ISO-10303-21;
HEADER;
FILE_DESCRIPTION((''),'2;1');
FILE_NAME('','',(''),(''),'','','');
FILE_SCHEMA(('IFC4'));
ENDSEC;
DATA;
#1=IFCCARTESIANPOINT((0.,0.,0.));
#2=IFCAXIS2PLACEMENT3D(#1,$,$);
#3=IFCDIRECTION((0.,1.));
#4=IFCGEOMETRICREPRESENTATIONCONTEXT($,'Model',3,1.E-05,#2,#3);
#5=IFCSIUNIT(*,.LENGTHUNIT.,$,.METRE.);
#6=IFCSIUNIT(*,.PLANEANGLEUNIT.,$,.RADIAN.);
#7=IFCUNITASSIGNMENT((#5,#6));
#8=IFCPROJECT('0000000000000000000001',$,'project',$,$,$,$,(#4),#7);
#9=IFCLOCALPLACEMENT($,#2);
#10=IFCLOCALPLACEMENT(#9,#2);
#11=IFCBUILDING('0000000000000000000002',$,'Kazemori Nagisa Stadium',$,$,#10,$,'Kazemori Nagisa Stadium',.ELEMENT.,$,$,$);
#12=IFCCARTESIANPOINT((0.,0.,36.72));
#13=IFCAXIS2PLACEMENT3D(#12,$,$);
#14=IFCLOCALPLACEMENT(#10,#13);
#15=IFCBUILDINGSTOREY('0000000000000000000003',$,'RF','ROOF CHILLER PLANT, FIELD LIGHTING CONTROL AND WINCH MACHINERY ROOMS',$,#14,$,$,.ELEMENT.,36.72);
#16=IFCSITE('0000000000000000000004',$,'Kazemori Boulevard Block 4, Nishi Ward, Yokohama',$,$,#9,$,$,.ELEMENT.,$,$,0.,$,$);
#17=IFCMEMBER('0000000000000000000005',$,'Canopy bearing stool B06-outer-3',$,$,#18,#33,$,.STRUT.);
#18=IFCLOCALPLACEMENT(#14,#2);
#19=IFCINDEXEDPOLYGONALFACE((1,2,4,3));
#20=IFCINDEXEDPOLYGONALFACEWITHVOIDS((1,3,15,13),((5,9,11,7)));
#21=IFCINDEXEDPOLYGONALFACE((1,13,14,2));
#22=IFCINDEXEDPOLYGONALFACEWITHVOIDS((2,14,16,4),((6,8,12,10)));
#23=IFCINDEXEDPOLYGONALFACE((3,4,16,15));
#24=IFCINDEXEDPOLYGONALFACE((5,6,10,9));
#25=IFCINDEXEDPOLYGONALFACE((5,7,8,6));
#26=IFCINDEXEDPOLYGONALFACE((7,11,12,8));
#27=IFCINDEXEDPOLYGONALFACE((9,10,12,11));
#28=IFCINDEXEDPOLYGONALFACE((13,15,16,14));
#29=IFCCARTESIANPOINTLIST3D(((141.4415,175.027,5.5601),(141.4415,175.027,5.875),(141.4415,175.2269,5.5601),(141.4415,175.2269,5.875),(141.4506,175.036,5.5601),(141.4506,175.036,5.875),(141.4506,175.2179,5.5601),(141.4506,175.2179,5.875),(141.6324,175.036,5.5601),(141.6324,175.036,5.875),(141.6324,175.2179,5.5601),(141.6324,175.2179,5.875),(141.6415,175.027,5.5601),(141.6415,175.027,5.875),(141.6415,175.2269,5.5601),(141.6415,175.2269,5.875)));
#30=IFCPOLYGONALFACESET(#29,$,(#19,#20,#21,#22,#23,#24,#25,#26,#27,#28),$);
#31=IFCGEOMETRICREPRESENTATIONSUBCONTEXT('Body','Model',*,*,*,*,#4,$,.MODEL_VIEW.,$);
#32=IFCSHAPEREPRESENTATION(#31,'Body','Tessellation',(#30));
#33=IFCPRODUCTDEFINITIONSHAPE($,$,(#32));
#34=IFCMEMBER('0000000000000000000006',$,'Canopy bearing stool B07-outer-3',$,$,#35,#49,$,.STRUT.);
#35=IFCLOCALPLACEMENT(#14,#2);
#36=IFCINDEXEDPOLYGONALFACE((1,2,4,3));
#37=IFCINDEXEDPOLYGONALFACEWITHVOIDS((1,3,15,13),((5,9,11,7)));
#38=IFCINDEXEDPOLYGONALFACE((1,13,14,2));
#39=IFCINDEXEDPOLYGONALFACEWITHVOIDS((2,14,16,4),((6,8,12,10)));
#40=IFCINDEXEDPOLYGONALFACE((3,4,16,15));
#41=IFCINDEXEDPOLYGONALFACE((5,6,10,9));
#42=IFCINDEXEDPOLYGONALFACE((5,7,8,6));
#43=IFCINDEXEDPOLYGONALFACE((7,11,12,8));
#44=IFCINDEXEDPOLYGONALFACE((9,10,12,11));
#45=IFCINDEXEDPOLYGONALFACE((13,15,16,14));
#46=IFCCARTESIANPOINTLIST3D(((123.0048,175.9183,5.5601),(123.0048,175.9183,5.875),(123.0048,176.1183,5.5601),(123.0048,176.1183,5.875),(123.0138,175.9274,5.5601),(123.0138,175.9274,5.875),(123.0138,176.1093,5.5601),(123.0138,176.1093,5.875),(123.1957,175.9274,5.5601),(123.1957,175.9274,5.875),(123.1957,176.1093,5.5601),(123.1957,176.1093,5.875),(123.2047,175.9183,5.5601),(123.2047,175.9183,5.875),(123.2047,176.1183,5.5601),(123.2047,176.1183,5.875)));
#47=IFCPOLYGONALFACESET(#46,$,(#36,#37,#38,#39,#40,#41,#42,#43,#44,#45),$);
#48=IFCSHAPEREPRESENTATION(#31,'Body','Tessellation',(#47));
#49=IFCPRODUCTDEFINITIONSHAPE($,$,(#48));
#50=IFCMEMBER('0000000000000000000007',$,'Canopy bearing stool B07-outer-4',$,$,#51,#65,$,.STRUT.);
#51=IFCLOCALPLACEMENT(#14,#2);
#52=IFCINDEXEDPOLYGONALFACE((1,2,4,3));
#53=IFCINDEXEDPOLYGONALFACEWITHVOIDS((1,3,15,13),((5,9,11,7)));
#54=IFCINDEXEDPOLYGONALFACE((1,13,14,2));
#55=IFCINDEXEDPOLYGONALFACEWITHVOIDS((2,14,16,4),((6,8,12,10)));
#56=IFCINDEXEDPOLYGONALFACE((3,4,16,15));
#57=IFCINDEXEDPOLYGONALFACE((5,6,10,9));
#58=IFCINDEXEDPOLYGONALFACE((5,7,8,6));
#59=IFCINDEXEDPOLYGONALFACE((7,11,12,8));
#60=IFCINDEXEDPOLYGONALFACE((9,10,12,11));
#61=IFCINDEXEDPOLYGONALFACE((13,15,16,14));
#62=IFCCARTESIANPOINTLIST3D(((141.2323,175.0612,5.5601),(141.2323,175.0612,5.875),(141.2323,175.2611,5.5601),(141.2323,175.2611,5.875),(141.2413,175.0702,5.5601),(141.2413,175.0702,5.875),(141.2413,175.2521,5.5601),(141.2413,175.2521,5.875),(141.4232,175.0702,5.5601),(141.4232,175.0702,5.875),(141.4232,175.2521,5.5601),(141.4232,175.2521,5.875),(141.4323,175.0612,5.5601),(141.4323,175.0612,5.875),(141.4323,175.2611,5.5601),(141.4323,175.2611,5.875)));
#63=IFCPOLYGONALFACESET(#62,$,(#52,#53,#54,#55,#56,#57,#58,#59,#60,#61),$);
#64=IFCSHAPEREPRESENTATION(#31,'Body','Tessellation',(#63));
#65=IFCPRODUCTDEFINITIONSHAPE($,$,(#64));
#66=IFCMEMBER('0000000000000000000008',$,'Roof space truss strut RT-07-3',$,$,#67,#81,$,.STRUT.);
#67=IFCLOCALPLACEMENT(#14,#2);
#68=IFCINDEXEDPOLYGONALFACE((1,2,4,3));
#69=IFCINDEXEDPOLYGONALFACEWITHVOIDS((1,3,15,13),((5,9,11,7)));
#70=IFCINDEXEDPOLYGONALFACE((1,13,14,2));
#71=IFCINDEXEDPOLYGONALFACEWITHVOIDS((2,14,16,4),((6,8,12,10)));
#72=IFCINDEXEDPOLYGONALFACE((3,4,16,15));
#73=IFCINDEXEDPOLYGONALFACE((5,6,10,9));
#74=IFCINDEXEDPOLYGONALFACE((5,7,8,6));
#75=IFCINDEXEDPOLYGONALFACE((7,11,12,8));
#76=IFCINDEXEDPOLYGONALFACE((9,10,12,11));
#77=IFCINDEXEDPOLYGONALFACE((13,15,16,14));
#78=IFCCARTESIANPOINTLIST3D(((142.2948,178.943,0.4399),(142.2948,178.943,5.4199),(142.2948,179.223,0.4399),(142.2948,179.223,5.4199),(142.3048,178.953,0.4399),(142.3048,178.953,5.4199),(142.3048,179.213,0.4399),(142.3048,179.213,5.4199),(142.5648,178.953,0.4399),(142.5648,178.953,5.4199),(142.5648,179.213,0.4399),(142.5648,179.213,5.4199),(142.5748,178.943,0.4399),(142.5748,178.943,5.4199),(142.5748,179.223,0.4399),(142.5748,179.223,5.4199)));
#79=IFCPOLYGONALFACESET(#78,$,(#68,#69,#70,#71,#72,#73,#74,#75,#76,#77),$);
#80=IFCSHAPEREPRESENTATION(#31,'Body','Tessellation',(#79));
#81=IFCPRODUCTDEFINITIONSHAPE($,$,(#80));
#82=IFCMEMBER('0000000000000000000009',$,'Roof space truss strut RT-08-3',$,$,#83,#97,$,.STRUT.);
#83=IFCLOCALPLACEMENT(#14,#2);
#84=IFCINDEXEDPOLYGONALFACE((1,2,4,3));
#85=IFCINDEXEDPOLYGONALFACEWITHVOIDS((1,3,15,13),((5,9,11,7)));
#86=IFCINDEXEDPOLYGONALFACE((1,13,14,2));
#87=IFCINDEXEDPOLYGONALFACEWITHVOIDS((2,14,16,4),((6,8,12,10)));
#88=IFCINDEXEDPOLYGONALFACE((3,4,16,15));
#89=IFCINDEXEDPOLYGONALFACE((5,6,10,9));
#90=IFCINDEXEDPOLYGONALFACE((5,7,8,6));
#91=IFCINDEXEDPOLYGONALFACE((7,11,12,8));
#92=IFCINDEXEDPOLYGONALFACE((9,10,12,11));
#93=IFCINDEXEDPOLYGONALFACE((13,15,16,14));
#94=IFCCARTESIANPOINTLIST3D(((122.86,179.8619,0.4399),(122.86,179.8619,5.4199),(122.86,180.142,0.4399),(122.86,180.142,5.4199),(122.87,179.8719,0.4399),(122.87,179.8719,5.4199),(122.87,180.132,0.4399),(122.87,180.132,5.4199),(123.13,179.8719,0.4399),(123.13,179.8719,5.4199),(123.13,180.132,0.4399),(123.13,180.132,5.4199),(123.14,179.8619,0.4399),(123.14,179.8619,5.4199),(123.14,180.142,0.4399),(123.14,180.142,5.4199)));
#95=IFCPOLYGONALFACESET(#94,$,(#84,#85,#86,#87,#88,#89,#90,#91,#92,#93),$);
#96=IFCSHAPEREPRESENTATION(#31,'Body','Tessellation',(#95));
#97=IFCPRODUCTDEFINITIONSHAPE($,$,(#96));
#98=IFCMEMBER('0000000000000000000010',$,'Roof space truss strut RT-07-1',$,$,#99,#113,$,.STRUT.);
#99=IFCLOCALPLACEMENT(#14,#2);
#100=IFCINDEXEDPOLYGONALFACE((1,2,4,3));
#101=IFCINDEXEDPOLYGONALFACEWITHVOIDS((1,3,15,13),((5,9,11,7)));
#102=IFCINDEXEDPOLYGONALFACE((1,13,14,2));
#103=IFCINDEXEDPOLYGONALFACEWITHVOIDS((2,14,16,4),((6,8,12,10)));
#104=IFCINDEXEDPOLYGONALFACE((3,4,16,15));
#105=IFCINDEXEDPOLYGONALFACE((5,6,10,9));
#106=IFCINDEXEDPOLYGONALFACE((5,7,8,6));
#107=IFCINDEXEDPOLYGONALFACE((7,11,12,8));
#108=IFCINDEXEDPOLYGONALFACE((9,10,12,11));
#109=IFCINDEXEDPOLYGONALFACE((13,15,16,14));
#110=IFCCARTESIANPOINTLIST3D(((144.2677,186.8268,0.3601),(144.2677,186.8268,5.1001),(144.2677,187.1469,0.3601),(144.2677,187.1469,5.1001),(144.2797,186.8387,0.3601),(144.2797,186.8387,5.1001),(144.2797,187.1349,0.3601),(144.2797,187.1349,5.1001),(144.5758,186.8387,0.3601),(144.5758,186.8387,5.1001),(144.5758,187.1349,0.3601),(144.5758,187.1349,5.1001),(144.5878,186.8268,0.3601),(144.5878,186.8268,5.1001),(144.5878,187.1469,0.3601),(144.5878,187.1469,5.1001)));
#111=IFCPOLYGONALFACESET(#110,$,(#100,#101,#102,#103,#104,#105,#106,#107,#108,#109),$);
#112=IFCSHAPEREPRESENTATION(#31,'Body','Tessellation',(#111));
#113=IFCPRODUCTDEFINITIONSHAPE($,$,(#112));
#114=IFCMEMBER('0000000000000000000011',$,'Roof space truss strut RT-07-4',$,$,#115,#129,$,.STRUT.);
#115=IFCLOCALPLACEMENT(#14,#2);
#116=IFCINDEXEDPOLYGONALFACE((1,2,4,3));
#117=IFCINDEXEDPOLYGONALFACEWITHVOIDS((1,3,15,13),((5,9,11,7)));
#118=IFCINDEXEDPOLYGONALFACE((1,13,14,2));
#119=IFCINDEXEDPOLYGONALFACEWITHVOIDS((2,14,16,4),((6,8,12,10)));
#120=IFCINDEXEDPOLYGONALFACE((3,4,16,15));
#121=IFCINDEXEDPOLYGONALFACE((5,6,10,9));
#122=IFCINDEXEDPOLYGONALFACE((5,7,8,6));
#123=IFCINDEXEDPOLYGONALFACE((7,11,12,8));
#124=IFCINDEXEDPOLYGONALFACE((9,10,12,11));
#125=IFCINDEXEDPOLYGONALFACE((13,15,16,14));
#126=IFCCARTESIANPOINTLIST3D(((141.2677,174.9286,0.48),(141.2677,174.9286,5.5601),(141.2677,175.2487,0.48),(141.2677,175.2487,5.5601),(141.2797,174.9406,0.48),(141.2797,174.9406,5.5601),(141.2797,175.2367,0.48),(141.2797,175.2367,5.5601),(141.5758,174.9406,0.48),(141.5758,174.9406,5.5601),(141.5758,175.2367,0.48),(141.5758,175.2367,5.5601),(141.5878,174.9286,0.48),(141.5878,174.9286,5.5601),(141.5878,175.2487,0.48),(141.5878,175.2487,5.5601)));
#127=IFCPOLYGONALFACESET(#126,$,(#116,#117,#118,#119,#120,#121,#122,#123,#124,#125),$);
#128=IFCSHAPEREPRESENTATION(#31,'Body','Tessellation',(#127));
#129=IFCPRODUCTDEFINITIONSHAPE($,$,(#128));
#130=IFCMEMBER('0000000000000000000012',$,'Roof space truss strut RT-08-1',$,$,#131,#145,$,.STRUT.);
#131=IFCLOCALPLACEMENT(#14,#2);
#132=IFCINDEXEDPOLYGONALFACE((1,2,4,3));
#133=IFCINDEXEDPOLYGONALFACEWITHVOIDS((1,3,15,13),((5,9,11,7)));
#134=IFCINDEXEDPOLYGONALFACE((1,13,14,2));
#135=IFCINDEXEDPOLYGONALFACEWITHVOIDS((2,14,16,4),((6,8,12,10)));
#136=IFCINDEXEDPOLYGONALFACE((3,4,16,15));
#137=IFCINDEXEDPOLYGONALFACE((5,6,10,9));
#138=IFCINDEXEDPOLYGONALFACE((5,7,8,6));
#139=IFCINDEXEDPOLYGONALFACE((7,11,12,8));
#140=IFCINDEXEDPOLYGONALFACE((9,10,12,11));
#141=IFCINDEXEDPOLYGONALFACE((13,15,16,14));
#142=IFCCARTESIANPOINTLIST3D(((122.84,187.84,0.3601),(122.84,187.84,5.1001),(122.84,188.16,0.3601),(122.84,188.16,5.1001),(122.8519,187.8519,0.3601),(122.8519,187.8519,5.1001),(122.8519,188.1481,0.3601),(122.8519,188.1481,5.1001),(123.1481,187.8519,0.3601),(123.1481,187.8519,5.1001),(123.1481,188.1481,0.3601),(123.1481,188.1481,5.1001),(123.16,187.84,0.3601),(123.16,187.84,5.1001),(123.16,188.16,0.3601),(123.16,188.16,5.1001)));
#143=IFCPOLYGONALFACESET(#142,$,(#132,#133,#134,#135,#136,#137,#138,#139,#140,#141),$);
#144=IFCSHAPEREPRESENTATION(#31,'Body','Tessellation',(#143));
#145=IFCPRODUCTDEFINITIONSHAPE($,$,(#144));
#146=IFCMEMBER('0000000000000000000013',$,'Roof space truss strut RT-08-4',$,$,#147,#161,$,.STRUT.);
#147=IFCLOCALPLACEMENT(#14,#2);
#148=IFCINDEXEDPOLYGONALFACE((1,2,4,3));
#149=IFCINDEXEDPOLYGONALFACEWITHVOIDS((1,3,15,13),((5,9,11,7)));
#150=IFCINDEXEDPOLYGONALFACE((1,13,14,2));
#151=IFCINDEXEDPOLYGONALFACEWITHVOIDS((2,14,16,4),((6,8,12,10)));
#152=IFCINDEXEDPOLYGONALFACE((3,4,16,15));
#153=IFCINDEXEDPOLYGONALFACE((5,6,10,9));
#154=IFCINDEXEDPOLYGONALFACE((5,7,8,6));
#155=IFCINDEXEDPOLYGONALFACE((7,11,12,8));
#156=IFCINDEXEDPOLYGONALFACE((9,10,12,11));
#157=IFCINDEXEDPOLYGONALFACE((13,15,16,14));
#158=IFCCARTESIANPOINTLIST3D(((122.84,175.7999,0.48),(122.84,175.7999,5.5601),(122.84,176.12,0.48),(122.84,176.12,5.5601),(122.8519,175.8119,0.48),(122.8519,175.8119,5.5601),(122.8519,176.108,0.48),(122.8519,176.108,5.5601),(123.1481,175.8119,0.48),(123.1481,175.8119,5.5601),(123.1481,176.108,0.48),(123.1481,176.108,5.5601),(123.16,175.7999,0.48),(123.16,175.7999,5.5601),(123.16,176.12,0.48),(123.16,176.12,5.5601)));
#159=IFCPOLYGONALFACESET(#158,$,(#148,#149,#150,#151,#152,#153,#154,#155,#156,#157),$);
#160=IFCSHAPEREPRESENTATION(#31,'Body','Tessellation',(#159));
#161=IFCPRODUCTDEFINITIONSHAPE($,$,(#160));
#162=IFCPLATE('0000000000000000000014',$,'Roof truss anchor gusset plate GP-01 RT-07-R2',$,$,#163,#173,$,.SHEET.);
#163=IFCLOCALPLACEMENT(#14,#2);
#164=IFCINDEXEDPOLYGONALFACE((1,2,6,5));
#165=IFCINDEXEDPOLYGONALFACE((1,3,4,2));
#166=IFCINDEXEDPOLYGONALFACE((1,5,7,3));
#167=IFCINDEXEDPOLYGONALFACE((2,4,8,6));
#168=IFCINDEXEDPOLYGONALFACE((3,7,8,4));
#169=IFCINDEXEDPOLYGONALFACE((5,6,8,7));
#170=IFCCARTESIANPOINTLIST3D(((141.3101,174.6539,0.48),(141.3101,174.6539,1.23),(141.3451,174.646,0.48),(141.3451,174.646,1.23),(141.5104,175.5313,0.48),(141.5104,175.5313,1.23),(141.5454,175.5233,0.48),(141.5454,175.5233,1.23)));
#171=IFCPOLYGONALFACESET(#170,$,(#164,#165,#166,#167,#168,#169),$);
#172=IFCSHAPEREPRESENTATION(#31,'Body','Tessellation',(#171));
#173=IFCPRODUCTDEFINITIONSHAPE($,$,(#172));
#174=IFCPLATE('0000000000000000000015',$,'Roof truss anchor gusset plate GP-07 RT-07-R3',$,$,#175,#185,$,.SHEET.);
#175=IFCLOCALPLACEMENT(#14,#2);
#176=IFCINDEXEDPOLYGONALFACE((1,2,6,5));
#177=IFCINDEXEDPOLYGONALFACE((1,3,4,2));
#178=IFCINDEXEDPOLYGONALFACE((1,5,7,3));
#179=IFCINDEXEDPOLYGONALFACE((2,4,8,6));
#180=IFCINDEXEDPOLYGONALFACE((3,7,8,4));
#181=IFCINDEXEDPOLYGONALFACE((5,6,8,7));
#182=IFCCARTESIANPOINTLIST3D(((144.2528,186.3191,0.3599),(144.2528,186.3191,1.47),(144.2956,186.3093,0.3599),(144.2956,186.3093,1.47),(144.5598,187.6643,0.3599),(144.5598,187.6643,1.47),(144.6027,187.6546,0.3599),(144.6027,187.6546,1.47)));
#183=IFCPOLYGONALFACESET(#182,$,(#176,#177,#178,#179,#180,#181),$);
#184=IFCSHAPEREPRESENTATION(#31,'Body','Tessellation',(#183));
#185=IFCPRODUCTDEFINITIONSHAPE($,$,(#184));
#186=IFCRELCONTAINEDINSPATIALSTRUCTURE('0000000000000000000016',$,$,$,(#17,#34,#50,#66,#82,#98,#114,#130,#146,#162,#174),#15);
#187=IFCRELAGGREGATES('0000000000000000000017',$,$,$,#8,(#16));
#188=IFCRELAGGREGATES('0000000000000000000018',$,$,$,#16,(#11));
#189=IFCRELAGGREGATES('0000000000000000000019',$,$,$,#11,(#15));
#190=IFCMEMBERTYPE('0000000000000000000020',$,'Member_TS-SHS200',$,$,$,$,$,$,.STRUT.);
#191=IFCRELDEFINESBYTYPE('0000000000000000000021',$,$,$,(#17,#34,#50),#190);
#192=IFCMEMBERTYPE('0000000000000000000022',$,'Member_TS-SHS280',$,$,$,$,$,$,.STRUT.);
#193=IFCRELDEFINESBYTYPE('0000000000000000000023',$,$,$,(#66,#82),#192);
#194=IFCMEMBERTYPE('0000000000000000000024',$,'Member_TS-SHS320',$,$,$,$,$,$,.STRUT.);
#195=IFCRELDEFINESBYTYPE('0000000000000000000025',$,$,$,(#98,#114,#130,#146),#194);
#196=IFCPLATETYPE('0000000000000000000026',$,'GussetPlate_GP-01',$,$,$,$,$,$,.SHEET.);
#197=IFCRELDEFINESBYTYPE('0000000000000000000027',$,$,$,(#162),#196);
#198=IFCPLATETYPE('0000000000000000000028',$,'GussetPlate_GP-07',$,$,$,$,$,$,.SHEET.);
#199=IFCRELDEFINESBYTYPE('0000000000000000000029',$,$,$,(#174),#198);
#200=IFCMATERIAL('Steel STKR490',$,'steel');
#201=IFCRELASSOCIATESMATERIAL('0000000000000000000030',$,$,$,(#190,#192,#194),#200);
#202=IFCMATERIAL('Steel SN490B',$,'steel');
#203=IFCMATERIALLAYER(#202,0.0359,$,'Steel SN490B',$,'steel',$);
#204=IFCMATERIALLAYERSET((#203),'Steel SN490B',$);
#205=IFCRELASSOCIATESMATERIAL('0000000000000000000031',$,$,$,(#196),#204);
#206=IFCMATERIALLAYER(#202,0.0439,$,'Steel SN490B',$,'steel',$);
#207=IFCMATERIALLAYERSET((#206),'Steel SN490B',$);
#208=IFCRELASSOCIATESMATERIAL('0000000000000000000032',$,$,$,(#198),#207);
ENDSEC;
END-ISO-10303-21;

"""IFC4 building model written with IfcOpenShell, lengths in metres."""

from ifc_helpers import new_model, si_unit, direction, frame, origin, origin_2d, place, context, subcontext, project, spatial, rectangle, hollow_rectangle, extrude, material, layer, layer_set, material_profile, profile_set, type_object, element, save


model = new_model("IFC4")

# Units and contexts
model_context = context("Model", 3, precision=1e-05, world=origin(), true_north=direction((0.0, 1.0)))
body_context = subcontext(model_context, "Body", "Model", "MODEL_VIEW")
ifc_project = project(units=[si_unit("LENGTHUNIT", "METRE"), si_unit("PLANEANGLEUNIT", "RADIAN")], contexts=[model_context])

# Site, building, storey
site_placement = place(None, origin())
site = spatial("IfcSite", under=ifc_project, at=site_placement, Name="Kazemori Boulevard Block 4, Nishi Ward, Yokohama", CompositionType="ELEMENT", RefElevation=0.0)
building_placement = place(site_placement, origin())
building = spatial("IfcBuilding", under=site, at=building_placement, Name="Kazemori Nagisa Stadium", LongName="Kazemori Nagisa Stadium", CompositionType="ELEMENT")
storey_placement = place(building_placement, frame((0.0, 0.0, 36.72)))
storey = spatial("IfcBuildingStorey", under=building, at=storey_placement, Name="RF", Description="ROOF CHILLER PLANT, FIELD LIGHTING CONTROL AND WINCH MACHINERY ROOMS", CompositionType="ELEMENT", Elevation=36.72)

# Shared definitions
ifc_material_1 = material(Name="Steel SN490B", Category="steel")

# Members
ifc_material_2 = material(Name="Steel STKR490", Category="steel")
ifc_material_profile_1 = material_profile(ifc_material_2, hollow_rectangle(XDim=0.2, YDim=0.2, WallThickness=0.009, at=origin_2d()), Name="SHS-200x200x9")
ifc_profile_set_1 = profile_set([ifc_material_profile_1], Name="Steel STKR490")
member_type_1 = type_object("IfcMemberType", Name="Member_TS-SHS200", PredefinedType="STRUT", material=ifc_profile_set_1)
for number, where, z_axis, x_axis, name in (
    (1, (141.5415, 175.127, 5.5601), (0.0, 0.0, 1.0), (1.0, 0.0, 0.0), "Canopy bearing stool B06-outer-3"),
    (2, (123.1047, 176.0183, 5.5601), (0.0, 0.0, 1.0), (1.0, 0.0, 0.0), "Canopy bearing stool B07-outer-3"),
    (3, (141.3323, 175.1611, 5.5601), (0.0, 0.0, 1.0), (1.0, 0.0, 0.0), "Canopy bearing stool B07-outer-4"),
):
    element("IfcMember", number, at=place(storey_placement, frame(where, z_axis=z_axis, x_axis=x_axis)), inside=storey, type_object=member_type_1, Name=name, PredefinedType="STRUT", context=body_context, shape_type="SweptSolid", body=[
        extrude(hollow_rectangle(XDim=0.2, YDim=0.2, WallThickness=0.009, at=origin_2d()), origin(), (0.0, 0.0, 1.0), 0.3149),
    ])
ifc_material_profile_2 = material_profile(ifc_material_2, hollow_rectangle(XDim=0.28, YDim=0.28, WallThickness=0.01, at=origin_2d()), Name="SHS-280x280x10")
ifc_profile_set_2 = profile_set([ifc_material_profile_2], Name="Steel STKR490")
member_type_2 = type_object("IfcMemberType", Name="Member_TS-SHS280", PredefinedType="STRUT", material=ifc_profile_set_2)
for number, where, z_axis, x_axis, name in (
    (4, (142.4348, 179.083, 0.4399), (0.0, 0.0, 1.0), (1.0, 0.0, 0.0), "Roof space truss strut RT-07-3"),
    (5, (123.0, 180.002, 0.4399), (0.0, 0.0, 1.0), (1.0, 0.0, 0.0), "Roof space truss strut RT-08-3"),
):
    element("IfcMember", number, at=place(storey_placement, frame(where, z_axis=z_axis, x_axis=x_axis)), inside=storey, type_object=member_type_2, Name=name, PredefinedType="STRUT", context=body_context, shape_type="SweptSolid", body=[
        extrude(hollow_rectangle(XDim=0.28, YDim=0.28, WallThickness=0.01, at=origin_2d()), origin(), (0.0, 0.0, 1.0), 4.98),
    ])
ifc_material_profile_3 = material_profile(ifc_material_2, hollow_rectangle(XDim=0.3201, YDim=0.3201, WallThickness=0.012, at=origin_2d()), Name="SHS-320x320x12")
ifc_profile_set_3 = profile_set([ifc_material_profile_3], Name="Steel STKR490")
member_type_3 = type_object("IfcMemberType", Name="Member_TS-SHS320", PredefinedType="STRUT", material=ifc_profile_set_3)
member_1_placement = place(storey_placement, frame((144.4277, 186.9868, 0.3601), z_axis=(0.0, 0.0, 1.0), x_axis=(1.0, 0.0, 0.0)))
element("IfcMember", 6, at=member_1_placement, inside=storey, type_object=member_type_3, Name="Roof space truss strut RT-07-1", PredefinedType="STRUT", context=body_context, shape_type="SweptSolid", body=[
    extrude(hollow_rectangle(XDim=0.3201, YDim=0.3201, WallThickness=0.012, at=origin_2d()), origin(), (0.0, 0.0, 1.0), 4.74),
])
member_2_placement = place(storey_placement, frame((141.4277, 175.0886, 0.48), z_axis=(0.0, 0.0, 1.0), x_axis=(1.0, 0.0, 0.0)))
element("IfcMember", 7, at=member_2_placement, inside=storey, type_object=member_type_3, Name="Roof space truss strut RT-07-4", PredefinedType="STRUT", context=body_context, shape_type="SweptSolid", body=[
    extrude(hollow_rectangle(XDim=0.3201, YDim=0.3201, WallThickness=0.012, at=origin_2d()), origin(), (0.0, 0.0, 1.0), 5.0801),
])
member_3_placement = place(storey_placement, frame((123.0, 188.0, 0.3601), z_axis=(0.0, 0.0, 1.0), x_axis=(1.0, 0.0, 0.0)))
element("IfcMember", 8, at=member_3_placement, inside=storey, type_object=member_type_3, Name="Roof space truss strut RT-08-1", PredefinedType="STRUT", context=body_context, shape_type="SweptSolid", body=[
    extrude(hollow_rectangle(XDim=0.3201, YDim=0.3201, WallThickness=0.012, at=origin_2d()), origin(), (0.0, 0.0, 1.0), 4.74),
])
member_4_placement = place(storey_placement, frame((123.0, 175.96, 0.48), z_axis=(0.0, 0.0, 1.0), x_axis=(1.0, 0.0, 0.0)))
element("IfcMember", 9, at=member_4_placement, inside=storey, type_object=member_type_3, Name="Roof space truss strut RT-08-4", PredefinedType="STRUT", context=body_context, shape_type="SweptSolid", body=[
    extrude(hollow_rectangle(XDim=0.3201, YDim=0.3201, WallThickness=0.012, at=origin_2d()), origin(), (0.0, 0.0, 1.0), 5.0801),
])

# Plates
ifc_layer_1 = layer(ifc_material_1, 0.0359, Name="Steel SN490B", Category="steel")
ifc_layer_set_1 = layer_set([ifc_layer_1], Name="Steel SN490B")
plate_type_1 = type_object("IfcPlateType", Name="GussetPlate_GP-01", PredefinedType="SHEET", material=ifc_layer_set_1)
plate_1_placement = place(storey_placement, frame((141.4277, 175.0886, 0.48), z_axis=(0.0, 0.0, 1.0), x_axis=(0.222521, 0.974928, 0.0)))
element("IfcPlate", 10, at=plate_1_placement, inside=storey, type_object=plate_type_1, Name="Roof truss anchor gusset plate GP-01 RT-07-R2", PredefinedType="SHEET", context=body_context, shape_type="SweptSolid", body=[
    extrude(rectangle(XDim=0.8999, YDim=0.0359, at=origin_2d()), origin(), (0.0, 0.0, 1.0), 0.75),
])
ifc_layer_2 = layer(ifc_material_1, 0.0439, Name="Steel SN490B", Category="steel")
ifc_layer_set_2 = layer_set([ifc_layer_2], Name="Steel SN490B")
plate_type_2 = type_object("IfcPlateType", Name="GussetPlate_GP-07", PredefinedType="SHEET", material=ifc_layer_set_2)
plate_2_placement = place(storey_placement, frame((144.4277, 186.9868, 0.3599), z_axis=(0.0, 0.0, 1.0), x_axis=(0.222521, 0.974928, 0.0)))
element("IfcPlate", 11, at=plate_2_placement, inside=storey, type_object=plate_type_2, Name="Roof truss anchor gusset plate GP-07 RT-07-R3", PredefinedType="SHEET", context=body_context, shape_type="SweptSolid", body=[
    extrude(rectangle(XDim=1.3799, YDim=0.0439, at=origin_2d()), origin(), (0.0, 0.0, 1.0), 1.1101),
])

save(model, "model.ifc")
